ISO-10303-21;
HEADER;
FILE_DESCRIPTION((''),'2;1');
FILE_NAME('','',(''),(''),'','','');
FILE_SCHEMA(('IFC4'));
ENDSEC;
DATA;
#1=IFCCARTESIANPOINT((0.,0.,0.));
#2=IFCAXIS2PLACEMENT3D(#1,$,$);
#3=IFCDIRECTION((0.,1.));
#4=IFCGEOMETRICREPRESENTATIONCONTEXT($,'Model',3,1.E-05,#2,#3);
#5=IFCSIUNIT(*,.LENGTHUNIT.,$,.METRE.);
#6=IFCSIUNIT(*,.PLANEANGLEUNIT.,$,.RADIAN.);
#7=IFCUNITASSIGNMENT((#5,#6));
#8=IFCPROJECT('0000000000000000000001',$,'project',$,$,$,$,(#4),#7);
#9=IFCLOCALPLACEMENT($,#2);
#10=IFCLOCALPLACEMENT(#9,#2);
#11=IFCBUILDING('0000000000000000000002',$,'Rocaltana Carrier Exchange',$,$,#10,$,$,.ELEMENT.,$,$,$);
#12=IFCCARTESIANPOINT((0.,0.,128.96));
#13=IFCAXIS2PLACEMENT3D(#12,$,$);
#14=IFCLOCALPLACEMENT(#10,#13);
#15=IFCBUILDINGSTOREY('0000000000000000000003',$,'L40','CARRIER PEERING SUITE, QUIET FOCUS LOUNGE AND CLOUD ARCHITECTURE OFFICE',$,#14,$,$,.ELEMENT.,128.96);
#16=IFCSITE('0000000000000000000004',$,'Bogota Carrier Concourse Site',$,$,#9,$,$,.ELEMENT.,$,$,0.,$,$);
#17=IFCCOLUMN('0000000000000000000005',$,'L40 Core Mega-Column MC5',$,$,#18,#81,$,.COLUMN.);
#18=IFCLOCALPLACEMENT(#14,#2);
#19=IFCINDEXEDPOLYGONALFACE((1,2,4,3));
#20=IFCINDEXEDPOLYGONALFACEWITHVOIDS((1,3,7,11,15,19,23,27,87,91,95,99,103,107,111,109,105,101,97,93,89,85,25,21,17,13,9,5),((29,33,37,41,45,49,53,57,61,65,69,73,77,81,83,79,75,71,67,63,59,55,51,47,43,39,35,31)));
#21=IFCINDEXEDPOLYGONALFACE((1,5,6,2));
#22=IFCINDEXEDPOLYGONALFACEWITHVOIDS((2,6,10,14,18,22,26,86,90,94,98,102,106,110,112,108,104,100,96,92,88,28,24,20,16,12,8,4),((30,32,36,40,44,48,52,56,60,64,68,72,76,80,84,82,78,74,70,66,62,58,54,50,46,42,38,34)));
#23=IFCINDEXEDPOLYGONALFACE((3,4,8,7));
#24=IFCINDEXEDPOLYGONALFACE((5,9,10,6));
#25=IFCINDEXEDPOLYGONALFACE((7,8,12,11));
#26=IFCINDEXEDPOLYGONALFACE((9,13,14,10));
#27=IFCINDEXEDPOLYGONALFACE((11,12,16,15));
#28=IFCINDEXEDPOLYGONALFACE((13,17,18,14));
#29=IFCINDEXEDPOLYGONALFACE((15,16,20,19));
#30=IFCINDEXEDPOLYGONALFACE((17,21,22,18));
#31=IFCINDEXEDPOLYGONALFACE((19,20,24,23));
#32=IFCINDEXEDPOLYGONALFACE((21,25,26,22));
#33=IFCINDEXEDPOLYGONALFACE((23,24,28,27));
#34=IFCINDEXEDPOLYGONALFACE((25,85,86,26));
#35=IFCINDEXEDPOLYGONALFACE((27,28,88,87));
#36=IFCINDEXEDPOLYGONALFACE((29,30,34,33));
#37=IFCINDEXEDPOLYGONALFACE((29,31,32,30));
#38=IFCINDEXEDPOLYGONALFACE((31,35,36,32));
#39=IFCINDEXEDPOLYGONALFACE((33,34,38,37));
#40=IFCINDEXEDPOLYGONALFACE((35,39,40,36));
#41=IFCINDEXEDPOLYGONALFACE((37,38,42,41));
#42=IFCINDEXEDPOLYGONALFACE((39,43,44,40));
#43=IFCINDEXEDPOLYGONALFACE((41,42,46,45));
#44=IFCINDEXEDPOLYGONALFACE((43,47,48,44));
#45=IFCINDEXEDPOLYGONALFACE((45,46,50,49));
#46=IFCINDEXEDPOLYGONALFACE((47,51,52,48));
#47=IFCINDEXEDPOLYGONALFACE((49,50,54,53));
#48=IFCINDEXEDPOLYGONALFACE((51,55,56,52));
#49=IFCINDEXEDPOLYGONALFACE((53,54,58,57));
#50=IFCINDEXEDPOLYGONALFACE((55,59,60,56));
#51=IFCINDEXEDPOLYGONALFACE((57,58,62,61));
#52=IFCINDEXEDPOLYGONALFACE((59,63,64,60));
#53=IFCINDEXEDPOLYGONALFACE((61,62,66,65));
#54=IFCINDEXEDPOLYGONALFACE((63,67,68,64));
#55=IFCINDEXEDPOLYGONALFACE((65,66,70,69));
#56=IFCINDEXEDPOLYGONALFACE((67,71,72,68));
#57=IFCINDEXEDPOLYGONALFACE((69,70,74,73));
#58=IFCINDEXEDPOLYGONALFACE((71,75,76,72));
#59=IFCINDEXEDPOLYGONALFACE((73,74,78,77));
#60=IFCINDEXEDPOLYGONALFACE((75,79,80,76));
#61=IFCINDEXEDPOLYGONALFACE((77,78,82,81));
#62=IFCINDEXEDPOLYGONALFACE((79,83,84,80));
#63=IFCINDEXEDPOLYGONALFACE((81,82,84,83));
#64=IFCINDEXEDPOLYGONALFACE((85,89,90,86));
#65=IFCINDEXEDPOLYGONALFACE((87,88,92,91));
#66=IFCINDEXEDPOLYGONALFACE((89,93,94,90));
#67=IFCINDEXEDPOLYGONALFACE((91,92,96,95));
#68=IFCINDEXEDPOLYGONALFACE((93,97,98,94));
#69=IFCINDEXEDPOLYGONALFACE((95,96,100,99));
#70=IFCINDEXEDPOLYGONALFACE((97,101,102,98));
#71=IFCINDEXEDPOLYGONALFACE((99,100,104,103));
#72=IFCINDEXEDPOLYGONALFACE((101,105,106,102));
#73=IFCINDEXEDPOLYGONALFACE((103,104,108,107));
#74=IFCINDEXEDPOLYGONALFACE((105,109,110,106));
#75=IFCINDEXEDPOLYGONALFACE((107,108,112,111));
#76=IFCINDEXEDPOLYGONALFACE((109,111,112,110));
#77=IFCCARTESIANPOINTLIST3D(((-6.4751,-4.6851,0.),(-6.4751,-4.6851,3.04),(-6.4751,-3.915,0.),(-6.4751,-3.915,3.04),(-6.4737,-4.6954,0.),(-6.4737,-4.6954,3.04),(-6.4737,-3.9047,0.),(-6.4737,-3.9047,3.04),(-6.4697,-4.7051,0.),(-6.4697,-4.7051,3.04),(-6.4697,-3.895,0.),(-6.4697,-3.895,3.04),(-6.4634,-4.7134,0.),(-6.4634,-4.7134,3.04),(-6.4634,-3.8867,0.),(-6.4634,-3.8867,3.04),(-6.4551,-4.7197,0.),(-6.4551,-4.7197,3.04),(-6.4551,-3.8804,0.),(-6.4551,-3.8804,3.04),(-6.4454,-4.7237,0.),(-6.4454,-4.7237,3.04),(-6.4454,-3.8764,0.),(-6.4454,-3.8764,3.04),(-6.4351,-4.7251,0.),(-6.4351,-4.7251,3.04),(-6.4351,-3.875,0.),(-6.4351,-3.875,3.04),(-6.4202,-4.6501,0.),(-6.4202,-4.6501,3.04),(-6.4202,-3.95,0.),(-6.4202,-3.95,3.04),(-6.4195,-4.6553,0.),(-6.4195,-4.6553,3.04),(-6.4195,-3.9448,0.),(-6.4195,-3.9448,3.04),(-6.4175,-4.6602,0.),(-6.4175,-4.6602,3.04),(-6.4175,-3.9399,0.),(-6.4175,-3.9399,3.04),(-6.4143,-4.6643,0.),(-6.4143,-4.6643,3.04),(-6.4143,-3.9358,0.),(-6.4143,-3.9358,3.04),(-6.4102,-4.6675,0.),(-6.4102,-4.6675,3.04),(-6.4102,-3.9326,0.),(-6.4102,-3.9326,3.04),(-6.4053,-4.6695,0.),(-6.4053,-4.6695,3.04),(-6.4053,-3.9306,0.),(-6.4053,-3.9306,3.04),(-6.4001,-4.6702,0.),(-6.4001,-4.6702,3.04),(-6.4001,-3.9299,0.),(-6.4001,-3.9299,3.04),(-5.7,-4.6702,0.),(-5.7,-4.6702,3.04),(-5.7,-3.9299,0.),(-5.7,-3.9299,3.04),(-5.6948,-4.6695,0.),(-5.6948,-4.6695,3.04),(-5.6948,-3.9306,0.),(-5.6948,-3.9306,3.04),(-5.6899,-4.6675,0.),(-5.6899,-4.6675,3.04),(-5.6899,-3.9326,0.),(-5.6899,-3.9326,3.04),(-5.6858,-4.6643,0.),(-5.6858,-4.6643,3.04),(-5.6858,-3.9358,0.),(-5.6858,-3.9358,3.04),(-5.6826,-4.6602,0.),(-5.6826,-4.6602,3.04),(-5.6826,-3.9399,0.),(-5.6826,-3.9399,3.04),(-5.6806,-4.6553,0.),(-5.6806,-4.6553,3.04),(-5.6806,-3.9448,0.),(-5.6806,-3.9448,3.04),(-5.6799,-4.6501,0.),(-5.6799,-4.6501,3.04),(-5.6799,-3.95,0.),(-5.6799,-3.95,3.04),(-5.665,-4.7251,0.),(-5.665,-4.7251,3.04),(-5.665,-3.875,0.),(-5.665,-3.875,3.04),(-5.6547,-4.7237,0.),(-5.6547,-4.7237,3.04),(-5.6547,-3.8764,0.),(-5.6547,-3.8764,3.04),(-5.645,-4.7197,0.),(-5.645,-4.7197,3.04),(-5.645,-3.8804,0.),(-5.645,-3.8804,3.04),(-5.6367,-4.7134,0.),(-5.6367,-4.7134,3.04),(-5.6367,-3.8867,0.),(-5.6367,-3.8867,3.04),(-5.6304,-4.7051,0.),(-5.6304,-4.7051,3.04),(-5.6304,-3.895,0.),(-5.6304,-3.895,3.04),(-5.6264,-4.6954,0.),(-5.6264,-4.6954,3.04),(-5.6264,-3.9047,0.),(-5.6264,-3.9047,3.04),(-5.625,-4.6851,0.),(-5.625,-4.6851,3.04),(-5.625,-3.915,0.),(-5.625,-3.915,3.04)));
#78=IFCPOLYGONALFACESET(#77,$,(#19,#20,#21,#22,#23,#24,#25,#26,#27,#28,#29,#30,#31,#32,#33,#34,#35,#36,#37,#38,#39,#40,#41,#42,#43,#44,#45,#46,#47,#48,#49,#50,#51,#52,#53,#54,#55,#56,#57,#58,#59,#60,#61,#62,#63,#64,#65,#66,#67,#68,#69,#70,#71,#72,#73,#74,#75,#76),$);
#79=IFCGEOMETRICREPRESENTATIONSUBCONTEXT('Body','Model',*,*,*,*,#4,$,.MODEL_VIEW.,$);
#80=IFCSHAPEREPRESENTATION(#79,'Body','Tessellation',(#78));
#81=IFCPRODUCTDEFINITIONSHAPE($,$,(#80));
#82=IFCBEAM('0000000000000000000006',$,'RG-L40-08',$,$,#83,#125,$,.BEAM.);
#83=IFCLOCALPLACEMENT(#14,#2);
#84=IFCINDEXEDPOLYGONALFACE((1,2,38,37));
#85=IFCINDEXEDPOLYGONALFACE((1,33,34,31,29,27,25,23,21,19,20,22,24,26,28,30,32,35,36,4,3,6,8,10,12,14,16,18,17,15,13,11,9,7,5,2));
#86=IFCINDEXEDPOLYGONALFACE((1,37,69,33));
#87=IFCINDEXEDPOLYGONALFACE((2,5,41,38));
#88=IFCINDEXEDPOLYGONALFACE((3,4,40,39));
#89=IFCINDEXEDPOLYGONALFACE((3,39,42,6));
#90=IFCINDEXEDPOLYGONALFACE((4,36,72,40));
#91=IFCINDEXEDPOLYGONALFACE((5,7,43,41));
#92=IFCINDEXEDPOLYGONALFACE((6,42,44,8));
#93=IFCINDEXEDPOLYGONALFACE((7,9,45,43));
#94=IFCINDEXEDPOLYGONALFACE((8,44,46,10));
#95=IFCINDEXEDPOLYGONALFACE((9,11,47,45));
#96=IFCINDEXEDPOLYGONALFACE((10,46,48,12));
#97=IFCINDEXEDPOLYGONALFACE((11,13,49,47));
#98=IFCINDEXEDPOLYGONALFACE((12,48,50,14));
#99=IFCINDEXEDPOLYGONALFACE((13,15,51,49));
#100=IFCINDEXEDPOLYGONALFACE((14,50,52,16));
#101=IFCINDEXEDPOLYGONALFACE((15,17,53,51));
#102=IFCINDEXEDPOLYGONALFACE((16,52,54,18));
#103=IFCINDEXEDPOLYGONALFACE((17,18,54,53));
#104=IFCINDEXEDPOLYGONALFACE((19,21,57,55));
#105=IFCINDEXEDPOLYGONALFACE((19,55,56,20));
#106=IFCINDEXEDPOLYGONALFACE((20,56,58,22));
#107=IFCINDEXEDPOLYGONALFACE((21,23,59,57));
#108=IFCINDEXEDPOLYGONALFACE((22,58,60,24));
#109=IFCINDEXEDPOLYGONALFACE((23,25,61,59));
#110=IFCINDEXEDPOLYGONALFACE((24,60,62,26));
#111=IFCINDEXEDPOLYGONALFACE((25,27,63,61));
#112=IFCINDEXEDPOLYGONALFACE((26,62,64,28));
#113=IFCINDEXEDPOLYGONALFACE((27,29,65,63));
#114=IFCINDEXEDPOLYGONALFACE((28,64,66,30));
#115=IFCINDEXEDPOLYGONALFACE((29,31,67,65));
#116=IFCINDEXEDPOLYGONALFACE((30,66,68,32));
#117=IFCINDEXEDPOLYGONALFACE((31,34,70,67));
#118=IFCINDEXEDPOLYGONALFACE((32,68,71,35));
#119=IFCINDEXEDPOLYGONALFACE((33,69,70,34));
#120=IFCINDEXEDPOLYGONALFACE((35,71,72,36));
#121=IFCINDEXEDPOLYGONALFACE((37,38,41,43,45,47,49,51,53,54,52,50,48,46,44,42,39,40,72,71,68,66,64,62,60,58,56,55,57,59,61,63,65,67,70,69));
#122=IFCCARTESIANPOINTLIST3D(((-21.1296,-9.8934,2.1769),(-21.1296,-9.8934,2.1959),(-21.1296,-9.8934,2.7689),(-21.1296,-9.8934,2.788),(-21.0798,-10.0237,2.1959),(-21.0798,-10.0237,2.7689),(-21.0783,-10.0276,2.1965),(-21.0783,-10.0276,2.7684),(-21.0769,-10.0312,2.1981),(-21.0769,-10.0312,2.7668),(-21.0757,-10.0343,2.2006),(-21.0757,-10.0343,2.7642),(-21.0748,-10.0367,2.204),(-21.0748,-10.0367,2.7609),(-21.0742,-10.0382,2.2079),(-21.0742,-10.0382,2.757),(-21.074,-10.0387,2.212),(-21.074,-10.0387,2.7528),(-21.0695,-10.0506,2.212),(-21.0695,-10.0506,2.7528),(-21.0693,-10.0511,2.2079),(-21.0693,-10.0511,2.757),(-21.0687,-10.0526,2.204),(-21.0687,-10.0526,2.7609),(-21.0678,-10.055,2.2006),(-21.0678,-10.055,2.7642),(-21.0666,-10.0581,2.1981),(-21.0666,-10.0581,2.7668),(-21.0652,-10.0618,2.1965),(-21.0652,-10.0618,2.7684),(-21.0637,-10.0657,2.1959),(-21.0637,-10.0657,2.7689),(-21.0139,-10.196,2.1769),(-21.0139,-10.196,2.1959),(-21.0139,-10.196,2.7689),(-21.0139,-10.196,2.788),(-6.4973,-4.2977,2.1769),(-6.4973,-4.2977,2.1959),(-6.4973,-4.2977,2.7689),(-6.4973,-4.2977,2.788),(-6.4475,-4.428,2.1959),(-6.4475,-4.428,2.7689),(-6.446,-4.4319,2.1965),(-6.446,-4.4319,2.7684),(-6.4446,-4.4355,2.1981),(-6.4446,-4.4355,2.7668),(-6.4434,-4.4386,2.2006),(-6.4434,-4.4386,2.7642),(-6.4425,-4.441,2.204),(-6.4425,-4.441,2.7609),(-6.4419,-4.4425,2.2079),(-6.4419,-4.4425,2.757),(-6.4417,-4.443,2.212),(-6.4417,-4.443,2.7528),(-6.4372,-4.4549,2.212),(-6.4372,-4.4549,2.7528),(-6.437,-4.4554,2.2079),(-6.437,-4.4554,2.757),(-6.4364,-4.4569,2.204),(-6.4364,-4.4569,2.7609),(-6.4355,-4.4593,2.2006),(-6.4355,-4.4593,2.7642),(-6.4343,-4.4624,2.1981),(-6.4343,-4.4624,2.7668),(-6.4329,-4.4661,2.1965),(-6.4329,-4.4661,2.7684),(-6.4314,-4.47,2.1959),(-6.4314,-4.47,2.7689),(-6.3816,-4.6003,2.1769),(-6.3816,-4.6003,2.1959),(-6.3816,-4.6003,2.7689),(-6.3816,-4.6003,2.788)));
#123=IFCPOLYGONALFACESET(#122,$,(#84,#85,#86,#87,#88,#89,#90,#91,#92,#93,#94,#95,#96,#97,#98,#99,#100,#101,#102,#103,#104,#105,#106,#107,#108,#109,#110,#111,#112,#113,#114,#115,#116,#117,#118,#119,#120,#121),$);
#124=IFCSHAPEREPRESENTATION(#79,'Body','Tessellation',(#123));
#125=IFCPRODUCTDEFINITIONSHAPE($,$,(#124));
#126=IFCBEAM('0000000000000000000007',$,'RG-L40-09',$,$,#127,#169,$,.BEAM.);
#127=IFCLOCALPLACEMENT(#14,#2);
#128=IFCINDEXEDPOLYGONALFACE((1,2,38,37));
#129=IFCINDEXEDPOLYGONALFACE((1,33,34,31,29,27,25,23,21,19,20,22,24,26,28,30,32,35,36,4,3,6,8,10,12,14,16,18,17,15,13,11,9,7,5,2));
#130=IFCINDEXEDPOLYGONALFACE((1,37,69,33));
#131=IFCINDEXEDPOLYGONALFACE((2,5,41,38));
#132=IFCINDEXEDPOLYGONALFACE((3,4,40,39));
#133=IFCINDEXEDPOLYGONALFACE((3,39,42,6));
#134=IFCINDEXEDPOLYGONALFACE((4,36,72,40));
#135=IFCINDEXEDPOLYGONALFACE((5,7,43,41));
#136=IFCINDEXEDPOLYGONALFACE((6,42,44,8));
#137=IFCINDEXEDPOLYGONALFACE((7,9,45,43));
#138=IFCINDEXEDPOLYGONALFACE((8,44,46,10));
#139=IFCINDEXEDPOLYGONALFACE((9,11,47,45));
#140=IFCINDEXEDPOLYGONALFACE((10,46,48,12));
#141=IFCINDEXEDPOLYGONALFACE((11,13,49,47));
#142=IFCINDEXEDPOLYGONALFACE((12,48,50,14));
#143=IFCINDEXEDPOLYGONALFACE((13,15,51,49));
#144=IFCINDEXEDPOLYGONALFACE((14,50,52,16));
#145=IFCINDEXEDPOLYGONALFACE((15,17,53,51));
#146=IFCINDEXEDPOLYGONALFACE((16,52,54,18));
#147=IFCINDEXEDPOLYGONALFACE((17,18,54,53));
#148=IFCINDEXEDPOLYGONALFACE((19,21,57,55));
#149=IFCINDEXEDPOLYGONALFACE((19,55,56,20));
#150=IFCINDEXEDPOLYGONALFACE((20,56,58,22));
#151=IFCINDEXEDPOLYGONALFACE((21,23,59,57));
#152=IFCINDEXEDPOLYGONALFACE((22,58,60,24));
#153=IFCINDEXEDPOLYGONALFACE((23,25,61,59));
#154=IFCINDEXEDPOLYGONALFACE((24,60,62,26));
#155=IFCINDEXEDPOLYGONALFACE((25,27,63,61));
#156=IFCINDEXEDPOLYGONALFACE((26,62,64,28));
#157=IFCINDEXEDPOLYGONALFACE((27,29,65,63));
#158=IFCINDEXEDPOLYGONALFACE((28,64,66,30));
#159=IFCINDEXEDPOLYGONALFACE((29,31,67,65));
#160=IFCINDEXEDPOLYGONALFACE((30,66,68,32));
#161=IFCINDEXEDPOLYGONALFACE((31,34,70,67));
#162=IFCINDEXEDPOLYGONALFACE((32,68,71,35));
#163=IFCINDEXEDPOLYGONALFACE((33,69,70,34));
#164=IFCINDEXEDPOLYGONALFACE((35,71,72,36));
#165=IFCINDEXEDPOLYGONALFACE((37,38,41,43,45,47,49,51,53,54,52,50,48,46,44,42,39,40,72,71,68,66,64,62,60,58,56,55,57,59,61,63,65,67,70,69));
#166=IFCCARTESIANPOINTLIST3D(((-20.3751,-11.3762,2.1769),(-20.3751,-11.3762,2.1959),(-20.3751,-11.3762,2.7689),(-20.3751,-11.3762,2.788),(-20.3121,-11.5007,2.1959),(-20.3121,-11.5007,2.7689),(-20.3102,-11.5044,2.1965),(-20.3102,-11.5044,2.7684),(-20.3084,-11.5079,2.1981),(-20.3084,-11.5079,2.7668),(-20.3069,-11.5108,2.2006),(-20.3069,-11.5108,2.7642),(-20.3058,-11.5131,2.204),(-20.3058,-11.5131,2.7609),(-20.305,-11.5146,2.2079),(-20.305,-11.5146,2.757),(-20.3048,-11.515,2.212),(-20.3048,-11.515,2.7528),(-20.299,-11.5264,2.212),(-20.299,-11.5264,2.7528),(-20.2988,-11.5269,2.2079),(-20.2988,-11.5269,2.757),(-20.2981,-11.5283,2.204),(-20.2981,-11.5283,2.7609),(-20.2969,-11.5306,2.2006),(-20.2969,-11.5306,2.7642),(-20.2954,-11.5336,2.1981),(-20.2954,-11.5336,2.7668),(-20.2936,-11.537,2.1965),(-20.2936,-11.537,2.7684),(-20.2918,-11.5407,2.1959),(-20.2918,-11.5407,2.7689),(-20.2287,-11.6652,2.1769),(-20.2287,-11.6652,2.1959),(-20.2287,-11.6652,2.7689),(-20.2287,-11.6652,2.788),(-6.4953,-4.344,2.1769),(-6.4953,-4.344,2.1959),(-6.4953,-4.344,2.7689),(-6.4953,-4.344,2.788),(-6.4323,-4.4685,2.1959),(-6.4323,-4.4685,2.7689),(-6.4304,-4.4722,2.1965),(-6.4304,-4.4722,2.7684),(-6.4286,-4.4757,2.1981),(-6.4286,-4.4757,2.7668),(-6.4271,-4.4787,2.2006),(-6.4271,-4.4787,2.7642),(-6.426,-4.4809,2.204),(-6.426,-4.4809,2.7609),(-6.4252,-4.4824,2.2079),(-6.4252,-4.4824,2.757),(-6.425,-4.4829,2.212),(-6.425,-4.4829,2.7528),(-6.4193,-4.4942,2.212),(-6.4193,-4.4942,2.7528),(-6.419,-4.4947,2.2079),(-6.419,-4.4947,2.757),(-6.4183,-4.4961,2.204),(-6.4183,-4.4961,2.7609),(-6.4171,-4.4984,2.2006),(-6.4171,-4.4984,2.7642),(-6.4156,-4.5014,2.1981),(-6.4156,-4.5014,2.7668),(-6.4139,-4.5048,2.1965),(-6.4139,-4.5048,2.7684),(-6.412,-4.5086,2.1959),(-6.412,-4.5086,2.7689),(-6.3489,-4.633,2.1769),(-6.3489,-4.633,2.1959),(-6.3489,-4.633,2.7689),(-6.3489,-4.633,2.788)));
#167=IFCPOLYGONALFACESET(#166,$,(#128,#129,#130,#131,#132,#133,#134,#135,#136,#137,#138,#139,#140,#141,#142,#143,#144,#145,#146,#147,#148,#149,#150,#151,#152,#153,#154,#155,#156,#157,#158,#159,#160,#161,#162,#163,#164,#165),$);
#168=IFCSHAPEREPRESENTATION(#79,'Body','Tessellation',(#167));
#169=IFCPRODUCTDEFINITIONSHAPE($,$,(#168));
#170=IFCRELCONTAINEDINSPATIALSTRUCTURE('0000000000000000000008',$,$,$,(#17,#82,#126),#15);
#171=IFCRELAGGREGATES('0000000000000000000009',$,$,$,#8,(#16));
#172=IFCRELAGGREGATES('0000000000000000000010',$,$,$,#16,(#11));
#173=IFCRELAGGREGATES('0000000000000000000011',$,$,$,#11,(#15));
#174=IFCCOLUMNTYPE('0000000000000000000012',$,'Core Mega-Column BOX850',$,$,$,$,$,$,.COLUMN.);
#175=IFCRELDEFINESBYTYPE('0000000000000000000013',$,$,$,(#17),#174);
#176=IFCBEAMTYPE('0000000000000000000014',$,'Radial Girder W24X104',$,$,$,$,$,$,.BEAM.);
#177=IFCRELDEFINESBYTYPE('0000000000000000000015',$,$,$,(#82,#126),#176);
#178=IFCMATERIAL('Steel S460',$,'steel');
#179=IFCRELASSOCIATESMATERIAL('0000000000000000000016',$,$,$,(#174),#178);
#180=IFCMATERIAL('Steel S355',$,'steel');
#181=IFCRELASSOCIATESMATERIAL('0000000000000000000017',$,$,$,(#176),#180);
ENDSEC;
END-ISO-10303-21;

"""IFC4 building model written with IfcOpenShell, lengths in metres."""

from ifc_helpers import new_model, si_unit, direction, frame, origin, origin_2d, place, context, subcontext, project, spatial, hollow_rectangle, i_section, extrude, material, material_profile, profile_set, type_object, element, save


model = new_model("IFC4")

# Units and contexts
model_context = context("Model", 3, precision=1e-05, world=origin(), true_north=direction((0.0, 1.0)))
body_context = subcontext(model_context, "Body", "Model", "MODEL_VIEW")
ifc_project = project(units=[si_unit("LENGTHUNIT", "METRE"), si_unit("PLANEANGLEUNIT", "RADIAN")], contexts=[model_context])

# Site, building, storey
site_placement = place(None, origin())
site = spatial("IfcSite", under=ifc_project, at=site_placement, Name="Bogota Carrier Concourse Site", CompositionType="ELEMENT", RefElevation=0.0)
building_placement = place(site_placement, origin())
building = spatial("IfcBuilding", under=site, at=building_placement, Name="Rocaltana Carrier Exchange", CompositionType="ELEMENT")
storey_placement = place(building_placement, frame((0.0, 0.0, 128.96)))
storey = spatial("IfcBuildingStorey", under=building, at=storey_placement, Name="L40", Description="CARRIER PEERING SUITE, QUIET FOCUS LOUNGE AND CLOUD ARCHITECTURE OFFICE", CompositionType="ELEMENT", Elevation=128.96)

# Column
ifc_material_1 = material(Name="Steel S460", Category="steel")
ifc_material_profile_1 = material_profile(ifc_material_1, hollow_rectangle(XDim=0.8501, YDim=0.8501, WallThickness=0.0549, InnerFilletRadius=0.02, OuterFilletRadius=0.04, at=origin_2d()), Name="BOX850X850X55")
ifc_profile_set_1 = profile_set([ifc_material_profile_1], Name="Steel S460")
column_type = type_object("IfcColumnType", Name="Core Mega-Column BOX850", PredefinedType="COLUMN", material=ifc_profile_set_1)
column_placement = place(storey_placement, frame((-6.05, -4.3, 0.0), z_axis=(0.0, 0.0, 1.0), x_axis=(1.0, 0.0, 0.0)))
element("IfcColumn", 1, at=column_placement, inside=storey, type_object=column_type, Name="L40 Core Mega-Column MC5", PredefinedType="COLUMN", context=body_context, shape_type="SweptSolid", body=[
    extrude(hollow_rectangle(XDim=0.8501, YDim=0.8501, WallThickness=0.0549, InnerFilletRadius=0.02, OuterFilletRadius=0.04, at=origin_2d()), origin(), (0.0, 0.0, 1.0), 3.04),
])

# Beams
ifc_material_2 = material(Name="Steel S355", Category="steel")
ifc_material_profile_2 = material_profile(ifc_material_2, i_section(OverallWidth=0.324, OverallDepth=0.6111, WebThickness=0.0127, FlangeThickness=0.019, FilletRadius=0.0161, at=origin_2d()), Name="W24X104")
ifc_profile_set_2 = profile_set([ifc_material_profile_2], Name="Steel S355")
beam_type = type_object("IfcBeamType", Name="Radial Girder W24X104", PredefinedType="BEAM", material=ifc_profile_set_2)
beam_1_placement = place(storey_placement, frame((-6.4395, -4.449, 2.4824), z_axis=(-0.934031, -0.357193, 0.0), x_axis=(0.357193, -0.934031, 0.0)))
element("IfcBeam", 2, at=beam_1_placement, inside=storey, type_object=beam_type, Name="RG-L40-08", PredefinedType="BEAM", context=body_context, shape_type="SweptSolid", body=[
    extrude(i_section(OverallWidth=0.324, OverallDepth=0.6111, WebThickness=0.0127, FlangeThickness=0.019, FilletRadius=0.0161, at=origin_2d()), origin(), (0.0, 0.0, 1.0), 15.6658),
])
beam_2_placement = place(storey_placement, frame((-6.4221, -4.4885, 2.4824), z_axis=(-0.892042, -0.451952, 0.0), x_axis=(0.451952, -0.892042, 0.0)))
element("IfcBeam", 3, at=beam_2_placement, inside=storey, type_object=beam_type, Name="RG-L40-09", PredefinedType="BEAM", context=body_context, shape_type="SweptSolid", body=[
    extrude(i_section(OverallWidth=0.324, OverallDepth=0.6111, WebThickness=0.0127, FlangeThickness=0.019, FilletRadius=0.0161, at=origin_2d()), origin(), (0.0, 0.0, 1.0), 15.5596),
])

save(model, "model.ifc")
